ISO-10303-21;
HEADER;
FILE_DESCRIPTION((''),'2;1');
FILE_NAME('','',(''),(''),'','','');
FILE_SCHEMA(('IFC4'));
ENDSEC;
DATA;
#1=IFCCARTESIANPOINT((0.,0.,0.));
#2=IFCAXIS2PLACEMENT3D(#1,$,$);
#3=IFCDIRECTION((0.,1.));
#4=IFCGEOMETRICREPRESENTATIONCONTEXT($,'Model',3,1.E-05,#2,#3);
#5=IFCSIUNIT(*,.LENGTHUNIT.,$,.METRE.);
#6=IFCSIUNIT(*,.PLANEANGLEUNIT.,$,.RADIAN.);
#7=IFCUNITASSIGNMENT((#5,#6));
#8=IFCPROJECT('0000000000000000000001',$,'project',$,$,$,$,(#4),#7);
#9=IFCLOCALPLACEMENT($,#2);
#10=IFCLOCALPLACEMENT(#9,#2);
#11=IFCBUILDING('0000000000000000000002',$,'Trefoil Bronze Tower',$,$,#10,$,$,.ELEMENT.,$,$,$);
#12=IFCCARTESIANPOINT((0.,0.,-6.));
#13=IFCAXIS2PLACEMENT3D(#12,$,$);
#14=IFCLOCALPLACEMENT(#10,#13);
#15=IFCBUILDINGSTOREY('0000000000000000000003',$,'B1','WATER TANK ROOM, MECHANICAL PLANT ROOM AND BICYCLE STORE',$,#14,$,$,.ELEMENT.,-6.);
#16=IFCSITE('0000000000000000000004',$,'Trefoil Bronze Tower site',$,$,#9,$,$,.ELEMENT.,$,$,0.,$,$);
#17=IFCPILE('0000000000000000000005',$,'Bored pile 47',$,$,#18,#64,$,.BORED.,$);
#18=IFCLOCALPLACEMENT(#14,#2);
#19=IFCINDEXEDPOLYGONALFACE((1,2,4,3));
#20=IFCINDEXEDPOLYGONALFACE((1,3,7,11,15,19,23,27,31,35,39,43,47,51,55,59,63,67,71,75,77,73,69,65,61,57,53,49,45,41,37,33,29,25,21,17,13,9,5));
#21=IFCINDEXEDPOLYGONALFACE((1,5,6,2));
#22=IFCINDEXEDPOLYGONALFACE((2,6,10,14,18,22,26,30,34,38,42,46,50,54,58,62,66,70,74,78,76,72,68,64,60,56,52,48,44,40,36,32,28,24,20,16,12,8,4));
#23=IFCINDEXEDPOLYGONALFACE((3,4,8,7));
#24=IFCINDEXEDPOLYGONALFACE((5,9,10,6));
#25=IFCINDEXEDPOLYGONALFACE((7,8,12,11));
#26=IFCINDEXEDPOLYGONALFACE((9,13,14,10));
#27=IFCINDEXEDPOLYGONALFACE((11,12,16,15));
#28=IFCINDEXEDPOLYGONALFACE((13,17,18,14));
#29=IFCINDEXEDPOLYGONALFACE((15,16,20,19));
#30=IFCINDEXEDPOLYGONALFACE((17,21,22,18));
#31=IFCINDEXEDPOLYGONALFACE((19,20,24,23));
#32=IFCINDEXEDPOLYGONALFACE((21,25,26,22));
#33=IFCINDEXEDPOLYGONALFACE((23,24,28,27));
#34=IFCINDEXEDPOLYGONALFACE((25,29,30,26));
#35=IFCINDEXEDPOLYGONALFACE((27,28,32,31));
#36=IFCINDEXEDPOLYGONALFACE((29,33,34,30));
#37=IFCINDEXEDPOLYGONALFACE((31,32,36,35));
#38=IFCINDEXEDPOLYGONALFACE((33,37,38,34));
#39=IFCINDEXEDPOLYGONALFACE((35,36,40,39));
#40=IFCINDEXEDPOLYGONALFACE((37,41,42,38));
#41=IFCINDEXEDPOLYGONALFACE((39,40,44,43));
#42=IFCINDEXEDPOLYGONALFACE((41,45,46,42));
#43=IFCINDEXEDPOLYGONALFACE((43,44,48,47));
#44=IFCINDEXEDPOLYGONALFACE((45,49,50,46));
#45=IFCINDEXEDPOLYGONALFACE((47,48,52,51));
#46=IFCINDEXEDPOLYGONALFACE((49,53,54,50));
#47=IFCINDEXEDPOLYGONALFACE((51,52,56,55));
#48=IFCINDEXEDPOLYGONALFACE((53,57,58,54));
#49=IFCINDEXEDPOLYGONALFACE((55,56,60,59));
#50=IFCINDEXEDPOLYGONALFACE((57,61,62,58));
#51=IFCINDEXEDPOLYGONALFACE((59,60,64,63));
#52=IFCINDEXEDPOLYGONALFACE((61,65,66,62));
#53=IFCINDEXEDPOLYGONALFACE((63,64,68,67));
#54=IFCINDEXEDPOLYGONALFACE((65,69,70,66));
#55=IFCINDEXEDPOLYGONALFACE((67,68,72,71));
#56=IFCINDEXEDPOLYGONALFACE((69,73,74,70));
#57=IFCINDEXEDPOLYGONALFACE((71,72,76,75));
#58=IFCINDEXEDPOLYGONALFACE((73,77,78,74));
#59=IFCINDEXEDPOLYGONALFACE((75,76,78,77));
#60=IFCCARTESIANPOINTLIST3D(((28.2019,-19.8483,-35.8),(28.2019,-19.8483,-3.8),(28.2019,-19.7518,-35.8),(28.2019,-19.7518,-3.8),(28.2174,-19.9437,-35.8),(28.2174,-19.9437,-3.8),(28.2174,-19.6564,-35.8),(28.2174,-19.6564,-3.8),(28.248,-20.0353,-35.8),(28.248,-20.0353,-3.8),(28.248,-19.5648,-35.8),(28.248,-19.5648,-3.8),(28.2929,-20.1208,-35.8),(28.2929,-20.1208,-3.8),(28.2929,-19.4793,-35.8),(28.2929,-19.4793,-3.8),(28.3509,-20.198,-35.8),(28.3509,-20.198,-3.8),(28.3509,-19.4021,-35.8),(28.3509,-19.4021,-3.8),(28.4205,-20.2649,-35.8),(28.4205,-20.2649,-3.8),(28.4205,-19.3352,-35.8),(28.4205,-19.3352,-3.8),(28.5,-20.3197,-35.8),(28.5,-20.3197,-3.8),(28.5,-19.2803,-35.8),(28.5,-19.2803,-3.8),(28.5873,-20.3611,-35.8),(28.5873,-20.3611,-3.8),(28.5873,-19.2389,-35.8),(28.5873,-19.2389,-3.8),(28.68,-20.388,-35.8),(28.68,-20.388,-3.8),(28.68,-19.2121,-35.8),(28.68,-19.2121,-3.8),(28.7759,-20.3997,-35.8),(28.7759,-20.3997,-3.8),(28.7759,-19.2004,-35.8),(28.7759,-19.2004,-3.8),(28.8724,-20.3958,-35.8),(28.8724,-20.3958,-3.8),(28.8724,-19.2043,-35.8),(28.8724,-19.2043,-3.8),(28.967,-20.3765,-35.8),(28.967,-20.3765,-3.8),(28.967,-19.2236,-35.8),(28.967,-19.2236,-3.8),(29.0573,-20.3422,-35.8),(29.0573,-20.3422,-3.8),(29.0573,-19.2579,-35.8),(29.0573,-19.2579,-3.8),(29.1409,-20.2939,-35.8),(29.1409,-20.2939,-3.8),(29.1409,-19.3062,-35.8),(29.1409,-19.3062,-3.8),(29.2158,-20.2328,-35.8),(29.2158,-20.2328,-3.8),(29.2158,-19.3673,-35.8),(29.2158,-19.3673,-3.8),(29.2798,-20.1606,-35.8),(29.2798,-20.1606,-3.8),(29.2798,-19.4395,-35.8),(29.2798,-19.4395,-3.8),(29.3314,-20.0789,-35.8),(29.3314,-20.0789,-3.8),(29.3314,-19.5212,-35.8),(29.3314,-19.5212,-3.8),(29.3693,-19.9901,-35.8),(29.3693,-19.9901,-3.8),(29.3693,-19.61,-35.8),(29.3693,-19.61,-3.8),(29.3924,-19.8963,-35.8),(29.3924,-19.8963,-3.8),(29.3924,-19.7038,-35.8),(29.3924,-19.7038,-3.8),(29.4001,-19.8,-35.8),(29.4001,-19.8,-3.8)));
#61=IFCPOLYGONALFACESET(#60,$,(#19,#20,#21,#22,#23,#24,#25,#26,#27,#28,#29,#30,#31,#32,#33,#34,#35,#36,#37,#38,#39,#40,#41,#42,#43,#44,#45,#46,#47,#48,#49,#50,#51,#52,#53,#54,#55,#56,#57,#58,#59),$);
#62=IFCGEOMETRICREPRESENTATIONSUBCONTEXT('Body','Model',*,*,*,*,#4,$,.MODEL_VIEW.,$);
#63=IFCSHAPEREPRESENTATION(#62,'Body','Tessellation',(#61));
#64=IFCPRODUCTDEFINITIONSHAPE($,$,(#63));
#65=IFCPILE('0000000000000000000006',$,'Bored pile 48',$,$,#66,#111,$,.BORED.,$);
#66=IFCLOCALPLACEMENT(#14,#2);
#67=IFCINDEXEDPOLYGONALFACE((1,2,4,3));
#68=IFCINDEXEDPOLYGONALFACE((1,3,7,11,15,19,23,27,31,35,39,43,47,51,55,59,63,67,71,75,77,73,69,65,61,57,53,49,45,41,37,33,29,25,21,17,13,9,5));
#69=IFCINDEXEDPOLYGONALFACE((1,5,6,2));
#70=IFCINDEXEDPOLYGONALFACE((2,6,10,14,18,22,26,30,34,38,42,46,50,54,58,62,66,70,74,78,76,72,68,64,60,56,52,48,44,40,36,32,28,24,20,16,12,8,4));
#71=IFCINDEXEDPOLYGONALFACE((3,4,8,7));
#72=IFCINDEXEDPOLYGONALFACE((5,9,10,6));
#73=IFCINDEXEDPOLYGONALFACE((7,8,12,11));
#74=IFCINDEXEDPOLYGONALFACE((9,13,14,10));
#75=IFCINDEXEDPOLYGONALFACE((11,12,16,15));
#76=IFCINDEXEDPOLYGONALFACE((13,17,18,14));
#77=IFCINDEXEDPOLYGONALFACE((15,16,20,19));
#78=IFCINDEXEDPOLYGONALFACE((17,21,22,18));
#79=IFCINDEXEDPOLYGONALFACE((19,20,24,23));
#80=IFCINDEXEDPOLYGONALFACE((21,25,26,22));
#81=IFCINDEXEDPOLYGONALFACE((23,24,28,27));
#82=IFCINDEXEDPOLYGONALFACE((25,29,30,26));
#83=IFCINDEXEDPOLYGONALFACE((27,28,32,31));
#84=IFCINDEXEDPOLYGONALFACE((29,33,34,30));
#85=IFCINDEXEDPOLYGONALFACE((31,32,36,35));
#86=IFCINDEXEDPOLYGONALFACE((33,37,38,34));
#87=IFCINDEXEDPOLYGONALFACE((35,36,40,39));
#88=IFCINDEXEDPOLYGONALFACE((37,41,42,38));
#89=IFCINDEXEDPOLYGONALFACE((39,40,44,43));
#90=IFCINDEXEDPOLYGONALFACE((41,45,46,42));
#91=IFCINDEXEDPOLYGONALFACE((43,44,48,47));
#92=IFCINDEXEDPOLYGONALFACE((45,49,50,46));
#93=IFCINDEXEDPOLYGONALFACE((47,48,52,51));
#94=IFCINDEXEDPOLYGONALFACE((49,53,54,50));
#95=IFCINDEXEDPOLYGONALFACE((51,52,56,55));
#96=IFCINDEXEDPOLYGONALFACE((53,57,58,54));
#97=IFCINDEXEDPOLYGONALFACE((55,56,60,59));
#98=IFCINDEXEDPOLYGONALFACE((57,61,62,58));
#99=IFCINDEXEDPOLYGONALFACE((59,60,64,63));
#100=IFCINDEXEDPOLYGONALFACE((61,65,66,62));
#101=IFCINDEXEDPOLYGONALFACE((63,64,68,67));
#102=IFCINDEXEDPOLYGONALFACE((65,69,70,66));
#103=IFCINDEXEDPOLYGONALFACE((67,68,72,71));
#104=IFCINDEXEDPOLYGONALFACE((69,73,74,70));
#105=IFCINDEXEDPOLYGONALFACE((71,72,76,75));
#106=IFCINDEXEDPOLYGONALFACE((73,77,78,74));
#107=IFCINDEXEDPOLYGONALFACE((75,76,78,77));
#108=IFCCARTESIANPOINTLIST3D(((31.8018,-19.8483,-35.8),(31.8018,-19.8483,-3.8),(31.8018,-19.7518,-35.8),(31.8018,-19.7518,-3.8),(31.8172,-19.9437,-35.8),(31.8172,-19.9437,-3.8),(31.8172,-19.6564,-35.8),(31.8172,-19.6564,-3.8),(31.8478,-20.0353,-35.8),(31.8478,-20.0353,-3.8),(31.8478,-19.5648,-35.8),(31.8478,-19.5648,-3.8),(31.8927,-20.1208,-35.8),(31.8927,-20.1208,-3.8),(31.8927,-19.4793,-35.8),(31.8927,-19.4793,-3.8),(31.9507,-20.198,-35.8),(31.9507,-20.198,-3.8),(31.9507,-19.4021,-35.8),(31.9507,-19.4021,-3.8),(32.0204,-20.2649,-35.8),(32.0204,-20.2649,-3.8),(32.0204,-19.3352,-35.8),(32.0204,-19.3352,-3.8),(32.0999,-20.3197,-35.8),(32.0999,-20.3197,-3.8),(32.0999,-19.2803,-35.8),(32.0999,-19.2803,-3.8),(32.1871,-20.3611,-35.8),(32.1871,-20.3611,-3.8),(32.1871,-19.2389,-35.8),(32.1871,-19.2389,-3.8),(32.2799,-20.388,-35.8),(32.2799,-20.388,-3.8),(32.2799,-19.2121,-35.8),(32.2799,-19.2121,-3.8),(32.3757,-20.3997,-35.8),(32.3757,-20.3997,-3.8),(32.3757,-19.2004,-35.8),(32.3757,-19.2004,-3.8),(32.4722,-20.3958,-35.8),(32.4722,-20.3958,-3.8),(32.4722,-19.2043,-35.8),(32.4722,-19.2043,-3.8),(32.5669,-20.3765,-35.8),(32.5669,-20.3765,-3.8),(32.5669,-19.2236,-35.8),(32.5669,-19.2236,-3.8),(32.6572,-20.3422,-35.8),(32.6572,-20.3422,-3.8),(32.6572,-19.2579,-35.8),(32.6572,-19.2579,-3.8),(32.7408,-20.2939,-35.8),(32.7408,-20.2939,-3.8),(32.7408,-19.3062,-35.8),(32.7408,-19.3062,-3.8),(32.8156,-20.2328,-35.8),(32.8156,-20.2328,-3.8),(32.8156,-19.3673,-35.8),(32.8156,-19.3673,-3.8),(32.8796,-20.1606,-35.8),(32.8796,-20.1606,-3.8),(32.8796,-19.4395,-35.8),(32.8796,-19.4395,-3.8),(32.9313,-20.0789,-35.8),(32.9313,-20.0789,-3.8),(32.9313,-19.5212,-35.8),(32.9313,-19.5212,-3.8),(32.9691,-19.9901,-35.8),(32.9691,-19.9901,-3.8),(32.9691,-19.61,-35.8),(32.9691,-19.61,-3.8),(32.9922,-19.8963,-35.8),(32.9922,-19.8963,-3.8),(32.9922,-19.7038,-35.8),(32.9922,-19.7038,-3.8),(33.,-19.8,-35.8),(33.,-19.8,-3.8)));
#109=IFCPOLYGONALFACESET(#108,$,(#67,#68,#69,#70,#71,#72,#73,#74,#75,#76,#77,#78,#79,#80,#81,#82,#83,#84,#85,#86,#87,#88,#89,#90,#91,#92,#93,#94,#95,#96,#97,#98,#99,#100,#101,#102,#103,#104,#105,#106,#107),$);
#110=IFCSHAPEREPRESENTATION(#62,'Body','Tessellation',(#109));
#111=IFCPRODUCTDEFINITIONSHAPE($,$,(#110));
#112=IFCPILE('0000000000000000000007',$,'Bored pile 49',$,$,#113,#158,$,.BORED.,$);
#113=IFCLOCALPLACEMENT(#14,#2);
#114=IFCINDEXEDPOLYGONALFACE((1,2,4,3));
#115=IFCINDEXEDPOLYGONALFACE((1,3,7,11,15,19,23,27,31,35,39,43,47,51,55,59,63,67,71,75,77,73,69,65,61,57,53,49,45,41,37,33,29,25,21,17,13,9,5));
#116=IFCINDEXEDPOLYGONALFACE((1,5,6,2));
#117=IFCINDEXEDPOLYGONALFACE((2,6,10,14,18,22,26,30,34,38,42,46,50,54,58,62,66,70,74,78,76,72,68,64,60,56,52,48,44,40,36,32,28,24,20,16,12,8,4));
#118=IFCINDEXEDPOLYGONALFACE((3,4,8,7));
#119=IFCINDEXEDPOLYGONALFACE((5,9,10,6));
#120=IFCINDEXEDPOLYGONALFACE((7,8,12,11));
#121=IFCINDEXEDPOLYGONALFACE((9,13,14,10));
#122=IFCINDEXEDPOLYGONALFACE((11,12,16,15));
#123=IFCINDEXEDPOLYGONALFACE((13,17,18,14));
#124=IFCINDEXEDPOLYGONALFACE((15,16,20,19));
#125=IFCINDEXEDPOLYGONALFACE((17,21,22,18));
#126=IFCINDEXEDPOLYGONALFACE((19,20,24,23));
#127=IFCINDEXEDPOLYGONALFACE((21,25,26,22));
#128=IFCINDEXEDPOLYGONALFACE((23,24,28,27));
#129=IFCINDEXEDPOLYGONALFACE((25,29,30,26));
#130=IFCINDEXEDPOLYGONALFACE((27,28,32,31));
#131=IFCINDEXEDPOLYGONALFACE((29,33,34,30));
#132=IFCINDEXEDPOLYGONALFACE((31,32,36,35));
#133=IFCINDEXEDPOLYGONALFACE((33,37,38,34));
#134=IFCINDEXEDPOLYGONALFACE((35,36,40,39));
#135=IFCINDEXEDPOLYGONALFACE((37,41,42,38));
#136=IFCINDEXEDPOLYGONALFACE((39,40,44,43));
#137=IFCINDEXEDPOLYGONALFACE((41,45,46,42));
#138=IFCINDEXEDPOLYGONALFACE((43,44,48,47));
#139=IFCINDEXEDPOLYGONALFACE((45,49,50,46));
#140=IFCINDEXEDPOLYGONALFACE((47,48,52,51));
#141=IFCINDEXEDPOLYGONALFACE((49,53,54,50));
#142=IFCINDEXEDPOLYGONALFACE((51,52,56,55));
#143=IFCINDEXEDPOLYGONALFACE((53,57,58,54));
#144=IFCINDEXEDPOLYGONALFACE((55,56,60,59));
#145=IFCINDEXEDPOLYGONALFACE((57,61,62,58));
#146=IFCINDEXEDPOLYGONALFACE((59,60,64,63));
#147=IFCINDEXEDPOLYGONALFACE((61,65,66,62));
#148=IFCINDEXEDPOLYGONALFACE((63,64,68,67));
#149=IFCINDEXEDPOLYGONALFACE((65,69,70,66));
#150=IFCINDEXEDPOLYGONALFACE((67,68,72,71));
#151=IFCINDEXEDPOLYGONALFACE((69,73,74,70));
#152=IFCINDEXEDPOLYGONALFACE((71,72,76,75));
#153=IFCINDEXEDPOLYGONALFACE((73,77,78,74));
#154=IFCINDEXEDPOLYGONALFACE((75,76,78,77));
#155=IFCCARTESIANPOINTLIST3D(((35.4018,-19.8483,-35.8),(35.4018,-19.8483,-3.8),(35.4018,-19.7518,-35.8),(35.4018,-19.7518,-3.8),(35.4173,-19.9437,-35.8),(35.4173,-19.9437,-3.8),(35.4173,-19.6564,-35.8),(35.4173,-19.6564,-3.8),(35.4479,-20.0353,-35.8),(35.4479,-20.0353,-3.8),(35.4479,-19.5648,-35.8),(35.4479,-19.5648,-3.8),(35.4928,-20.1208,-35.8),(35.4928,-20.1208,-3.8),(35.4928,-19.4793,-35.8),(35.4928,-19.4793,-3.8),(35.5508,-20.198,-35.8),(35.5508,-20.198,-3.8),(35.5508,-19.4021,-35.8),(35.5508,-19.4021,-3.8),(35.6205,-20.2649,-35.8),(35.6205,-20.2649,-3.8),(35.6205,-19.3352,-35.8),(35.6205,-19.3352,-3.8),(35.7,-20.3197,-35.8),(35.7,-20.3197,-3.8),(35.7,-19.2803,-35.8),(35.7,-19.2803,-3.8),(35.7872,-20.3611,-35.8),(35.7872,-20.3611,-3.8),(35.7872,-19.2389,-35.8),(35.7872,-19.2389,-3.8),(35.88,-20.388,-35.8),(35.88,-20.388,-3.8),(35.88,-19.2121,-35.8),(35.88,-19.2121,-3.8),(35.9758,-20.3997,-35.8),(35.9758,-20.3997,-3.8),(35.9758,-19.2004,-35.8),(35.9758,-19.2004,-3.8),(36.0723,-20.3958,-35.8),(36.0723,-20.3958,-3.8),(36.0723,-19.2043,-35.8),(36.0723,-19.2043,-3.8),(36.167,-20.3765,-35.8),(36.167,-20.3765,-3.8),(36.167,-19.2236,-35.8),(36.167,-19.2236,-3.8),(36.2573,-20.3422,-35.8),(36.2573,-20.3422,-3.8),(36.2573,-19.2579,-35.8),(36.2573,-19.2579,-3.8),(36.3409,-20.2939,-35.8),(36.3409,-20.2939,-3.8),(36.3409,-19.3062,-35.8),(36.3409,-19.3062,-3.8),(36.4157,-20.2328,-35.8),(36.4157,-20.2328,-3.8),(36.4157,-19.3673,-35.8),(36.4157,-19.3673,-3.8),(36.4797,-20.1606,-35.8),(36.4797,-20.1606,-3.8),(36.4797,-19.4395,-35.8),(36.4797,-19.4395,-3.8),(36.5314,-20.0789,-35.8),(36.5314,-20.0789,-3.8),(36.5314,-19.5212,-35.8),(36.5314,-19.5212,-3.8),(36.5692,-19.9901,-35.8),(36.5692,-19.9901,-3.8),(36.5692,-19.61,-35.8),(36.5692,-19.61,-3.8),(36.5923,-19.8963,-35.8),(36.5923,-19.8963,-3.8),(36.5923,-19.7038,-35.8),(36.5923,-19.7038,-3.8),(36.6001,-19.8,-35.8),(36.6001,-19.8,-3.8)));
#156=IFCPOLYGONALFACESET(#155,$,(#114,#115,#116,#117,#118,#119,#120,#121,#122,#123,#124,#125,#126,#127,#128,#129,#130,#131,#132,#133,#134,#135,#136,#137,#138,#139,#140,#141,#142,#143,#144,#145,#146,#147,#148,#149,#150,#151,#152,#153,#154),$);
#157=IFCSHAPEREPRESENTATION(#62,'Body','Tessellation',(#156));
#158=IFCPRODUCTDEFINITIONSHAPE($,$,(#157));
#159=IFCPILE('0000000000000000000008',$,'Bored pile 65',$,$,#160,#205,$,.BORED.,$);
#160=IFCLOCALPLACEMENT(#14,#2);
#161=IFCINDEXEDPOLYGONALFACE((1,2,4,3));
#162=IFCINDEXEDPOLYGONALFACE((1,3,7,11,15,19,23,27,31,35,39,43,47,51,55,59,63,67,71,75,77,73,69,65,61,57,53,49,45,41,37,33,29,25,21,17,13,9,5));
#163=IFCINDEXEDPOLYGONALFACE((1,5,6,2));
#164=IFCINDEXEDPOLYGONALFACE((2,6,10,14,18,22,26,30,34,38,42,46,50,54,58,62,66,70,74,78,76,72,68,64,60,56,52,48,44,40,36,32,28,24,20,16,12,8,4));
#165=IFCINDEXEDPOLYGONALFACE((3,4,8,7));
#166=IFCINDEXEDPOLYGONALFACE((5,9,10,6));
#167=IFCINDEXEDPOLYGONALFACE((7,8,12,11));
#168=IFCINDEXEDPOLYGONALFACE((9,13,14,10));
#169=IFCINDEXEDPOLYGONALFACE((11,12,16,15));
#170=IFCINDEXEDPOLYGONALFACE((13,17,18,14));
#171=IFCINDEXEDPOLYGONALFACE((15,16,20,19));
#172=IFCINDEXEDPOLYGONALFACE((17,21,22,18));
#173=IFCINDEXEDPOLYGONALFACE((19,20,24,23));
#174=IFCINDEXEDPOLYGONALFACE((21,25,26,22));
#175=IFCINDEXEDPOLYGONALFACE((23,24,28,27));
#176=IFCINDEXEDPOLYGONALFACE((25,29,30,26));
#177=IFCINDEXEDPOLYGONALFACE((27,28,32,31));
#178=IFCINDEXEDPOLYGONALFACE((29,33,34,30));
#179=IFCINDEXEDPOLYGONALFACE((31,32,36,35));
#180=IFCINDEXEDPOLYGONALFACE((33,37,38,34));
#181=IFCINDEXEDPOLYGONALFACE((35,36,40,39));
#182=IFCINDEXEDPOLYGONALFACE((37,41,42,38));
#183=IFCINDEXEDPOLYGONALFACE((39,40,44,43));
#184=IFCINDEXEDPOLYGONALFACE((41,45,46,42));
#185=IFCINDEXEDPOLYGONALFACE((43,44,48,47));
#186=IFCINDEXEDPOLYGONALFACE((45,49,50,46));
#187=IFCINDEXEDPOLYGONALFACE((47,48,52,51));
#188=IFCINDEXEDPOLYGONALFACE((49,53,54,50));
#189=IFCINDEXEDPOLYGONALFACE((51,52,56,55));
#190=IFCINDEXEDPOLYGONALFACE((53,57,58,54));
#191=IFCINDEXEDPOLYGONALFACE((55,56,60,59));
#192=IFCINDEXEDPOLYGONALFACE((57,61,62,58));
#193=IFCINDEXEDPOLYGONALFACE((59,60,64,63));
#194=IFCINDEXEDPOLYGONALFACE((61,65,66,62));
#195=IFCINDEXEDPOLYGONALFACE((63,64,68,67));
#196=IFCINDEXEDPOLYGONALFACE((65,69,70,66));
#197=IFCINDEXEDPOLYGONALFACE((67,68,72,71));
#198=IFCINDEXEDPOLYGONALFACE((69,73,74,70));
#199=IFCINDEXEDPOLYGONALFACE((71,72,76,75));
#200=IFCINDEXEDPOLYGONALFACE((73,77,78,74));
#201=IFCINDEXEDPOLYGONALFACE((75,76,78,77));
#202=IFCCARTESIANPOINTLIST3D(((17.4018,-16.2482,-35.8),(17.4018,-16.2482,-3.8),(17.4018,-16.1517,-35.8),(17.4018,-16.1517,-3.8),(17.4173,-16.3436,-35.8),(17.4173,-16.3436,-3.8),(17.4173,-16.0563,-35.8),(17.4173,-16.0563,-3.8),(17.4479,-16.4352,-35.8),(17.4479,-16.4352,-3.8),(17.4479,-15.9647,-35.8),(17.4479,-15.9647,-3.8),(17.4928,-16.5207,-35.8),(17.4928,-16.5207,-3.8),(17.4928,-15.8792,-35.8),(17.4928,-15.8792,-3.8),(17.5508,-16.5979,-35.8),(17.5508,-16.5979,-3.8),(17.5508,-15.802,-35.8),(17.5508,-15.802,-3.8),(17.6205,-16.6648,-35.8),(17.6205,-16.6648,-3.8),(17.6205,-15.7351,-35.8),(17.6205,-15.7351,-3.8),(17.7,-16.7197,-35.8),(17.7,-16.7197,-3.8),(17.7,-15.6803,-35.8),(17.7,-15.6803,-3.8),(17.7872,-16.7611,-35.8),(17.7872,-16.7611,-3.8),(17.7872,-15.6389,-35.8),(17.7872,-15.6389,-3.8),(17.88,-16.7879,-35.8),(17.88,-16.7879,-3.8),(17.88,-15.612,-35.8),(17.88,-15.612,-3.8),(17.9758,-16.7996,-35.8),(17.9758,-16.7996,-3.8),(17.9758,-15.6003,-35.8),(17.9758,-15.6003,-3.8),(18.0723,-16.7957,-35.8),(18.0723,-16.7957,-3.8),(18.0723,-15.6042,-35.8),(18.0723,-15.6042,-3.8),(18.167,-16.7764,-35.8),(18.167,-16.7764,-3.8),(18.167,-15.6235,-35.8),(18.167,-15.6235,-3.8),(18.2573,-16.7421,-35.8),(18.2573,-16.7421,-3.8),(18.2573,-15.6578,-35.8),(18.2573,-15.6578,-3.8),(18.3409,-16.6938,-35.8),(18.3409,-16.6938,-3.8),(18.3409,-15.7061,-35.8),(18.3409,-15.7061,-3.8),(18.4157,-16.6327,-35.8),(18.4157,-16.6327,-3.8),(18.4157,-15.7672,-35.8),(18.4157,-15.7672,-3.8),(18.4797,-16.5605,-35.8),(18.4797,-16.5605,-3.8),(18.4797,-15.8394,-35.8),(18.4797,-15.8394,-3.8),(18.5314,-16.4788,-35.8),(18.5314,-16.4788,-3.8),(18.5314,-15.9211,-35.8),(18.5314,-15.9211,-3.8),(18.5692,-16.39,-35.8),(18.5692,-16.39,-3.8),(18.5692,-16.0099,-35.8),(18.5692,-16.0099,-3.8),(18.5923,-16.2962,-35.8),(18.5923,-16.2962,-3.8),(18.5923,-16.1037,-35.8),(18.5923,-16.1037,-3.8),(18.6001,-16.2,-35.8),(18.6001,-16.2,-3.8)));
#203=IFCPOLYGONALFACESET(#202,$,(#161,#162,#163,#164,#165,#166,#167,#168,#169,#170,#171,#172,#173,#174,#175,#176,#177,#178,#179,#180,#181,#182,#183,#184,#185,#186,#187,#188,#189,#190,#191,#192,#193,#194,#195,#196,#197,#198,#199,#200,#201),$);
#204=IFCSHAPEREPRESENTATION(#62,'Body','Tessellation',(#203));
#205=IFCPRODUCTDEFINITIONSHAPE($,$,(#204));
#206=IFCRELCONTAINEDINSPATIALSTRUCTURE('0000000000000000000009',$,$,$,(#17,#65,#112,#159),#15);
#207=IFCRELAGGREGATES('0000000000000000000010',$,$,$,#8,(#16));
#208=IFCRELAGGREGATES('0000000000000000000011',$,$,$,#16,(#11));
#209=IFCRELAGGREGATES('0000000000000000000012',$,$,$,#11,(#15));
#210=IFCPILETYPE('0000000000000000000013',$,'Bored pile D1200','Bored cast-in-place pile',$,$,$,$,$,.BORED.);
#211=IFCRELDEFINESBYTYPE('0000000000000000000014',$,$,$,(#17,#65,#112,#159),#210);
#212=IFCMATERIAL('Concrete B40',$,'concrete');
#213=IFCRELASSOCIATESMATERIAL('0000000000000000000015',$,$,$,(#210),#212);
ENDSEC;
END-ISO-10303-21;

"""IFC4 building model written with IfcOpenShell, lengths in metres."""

from ifc_helpers import new_model, si_unit, direction, frame, origin, origin_2d, place, context, subcontext, project, spatial, circle, extrude, material, type_object, element, save


model = new_model("IFC4")

# Units and contexts
model_context = context("Model", 3, precision=1e-05, world=origin(), true_north=direction((0.0, 1.0)))
body_context = subcontext(model_context, "Body", "Model", "MODEL_VIEW")
ifc_project = project(units=[si_unit("LENGTHUNIT", "METRE"), si_unit("PLANEANGLEUNIT", "RADIAN")], contexts=[model_context])

# Site, building, storey
site_placement = place(None, origin())
site = spatial("IfcSite", under=ifc_project, at=site_placement, Name="Trefoil Bronze Tower site", CompositionType="ELEMENT", RefElevation=0.0)
building_placement = place(site_placement, origin())
building = spatial("IfcBuilding", under=site, at=building_placement, Name="Trefoil Bronze Tower", CompositionType="ELEMENT")
storey_placement = place(building_placement, frame((0.0, 0.0, -6.0)))
storey = spatial("IfcBuildingStorey", under=building, at=storey_placement, Name="B1", Description="WATER TANK ROOM, MECHANICAL PLANT ROOM AND BICYCLE STORE", CompositionType="ELEMENT", Elevation=-6.0)

# Piles
ifc_material_1 = material(Name="Concrete B40", Category="concrete")
pile_type = type_object("IfcPileType", Name="Bored pile D1200", Description="Bored cast-in-place pile", PredefinedType="BORED", material=ifc_material_1)
for number, where, z_axis, x_axis, name in (
    (1, (28.8, -19.8, -3.8), (0.0, 0.0, -1.0), (1.0, 0.0, 0.0), "Bored pile 47"),
    (2, (32.3999, -19.8, -3.8), (0.0, 0.0, -1.0), (1.0, 0.0, 0.0), "Bored pile 48"),
    (3, (36.0, -19.8, -3.8), (0.0, 0.0, -1.0), (1.0, 0.0, 0.0), "Bored pile 49"),
    (4, (18.0, -16.2, -3.8), (0.0, 0.0, -1.0), (1.0, 0.0, 0.0), "Bored pile 65"),
):
    element("IfcPile", number, at=place(storey_placement, frame(where, z_axis=z_axis, x_axis=x_axis)), inside=storey, type_object=pile_type, Name=name, PredefinedType="BORED", context=body_context, shape_type="SweptSolid", body=[
        extrude(circle(Radius=0.6001, at=origin_2d()), origin(), (0.0, 0.0, 1.0), 32.0),
    ])

save(model, "model.ifc")
